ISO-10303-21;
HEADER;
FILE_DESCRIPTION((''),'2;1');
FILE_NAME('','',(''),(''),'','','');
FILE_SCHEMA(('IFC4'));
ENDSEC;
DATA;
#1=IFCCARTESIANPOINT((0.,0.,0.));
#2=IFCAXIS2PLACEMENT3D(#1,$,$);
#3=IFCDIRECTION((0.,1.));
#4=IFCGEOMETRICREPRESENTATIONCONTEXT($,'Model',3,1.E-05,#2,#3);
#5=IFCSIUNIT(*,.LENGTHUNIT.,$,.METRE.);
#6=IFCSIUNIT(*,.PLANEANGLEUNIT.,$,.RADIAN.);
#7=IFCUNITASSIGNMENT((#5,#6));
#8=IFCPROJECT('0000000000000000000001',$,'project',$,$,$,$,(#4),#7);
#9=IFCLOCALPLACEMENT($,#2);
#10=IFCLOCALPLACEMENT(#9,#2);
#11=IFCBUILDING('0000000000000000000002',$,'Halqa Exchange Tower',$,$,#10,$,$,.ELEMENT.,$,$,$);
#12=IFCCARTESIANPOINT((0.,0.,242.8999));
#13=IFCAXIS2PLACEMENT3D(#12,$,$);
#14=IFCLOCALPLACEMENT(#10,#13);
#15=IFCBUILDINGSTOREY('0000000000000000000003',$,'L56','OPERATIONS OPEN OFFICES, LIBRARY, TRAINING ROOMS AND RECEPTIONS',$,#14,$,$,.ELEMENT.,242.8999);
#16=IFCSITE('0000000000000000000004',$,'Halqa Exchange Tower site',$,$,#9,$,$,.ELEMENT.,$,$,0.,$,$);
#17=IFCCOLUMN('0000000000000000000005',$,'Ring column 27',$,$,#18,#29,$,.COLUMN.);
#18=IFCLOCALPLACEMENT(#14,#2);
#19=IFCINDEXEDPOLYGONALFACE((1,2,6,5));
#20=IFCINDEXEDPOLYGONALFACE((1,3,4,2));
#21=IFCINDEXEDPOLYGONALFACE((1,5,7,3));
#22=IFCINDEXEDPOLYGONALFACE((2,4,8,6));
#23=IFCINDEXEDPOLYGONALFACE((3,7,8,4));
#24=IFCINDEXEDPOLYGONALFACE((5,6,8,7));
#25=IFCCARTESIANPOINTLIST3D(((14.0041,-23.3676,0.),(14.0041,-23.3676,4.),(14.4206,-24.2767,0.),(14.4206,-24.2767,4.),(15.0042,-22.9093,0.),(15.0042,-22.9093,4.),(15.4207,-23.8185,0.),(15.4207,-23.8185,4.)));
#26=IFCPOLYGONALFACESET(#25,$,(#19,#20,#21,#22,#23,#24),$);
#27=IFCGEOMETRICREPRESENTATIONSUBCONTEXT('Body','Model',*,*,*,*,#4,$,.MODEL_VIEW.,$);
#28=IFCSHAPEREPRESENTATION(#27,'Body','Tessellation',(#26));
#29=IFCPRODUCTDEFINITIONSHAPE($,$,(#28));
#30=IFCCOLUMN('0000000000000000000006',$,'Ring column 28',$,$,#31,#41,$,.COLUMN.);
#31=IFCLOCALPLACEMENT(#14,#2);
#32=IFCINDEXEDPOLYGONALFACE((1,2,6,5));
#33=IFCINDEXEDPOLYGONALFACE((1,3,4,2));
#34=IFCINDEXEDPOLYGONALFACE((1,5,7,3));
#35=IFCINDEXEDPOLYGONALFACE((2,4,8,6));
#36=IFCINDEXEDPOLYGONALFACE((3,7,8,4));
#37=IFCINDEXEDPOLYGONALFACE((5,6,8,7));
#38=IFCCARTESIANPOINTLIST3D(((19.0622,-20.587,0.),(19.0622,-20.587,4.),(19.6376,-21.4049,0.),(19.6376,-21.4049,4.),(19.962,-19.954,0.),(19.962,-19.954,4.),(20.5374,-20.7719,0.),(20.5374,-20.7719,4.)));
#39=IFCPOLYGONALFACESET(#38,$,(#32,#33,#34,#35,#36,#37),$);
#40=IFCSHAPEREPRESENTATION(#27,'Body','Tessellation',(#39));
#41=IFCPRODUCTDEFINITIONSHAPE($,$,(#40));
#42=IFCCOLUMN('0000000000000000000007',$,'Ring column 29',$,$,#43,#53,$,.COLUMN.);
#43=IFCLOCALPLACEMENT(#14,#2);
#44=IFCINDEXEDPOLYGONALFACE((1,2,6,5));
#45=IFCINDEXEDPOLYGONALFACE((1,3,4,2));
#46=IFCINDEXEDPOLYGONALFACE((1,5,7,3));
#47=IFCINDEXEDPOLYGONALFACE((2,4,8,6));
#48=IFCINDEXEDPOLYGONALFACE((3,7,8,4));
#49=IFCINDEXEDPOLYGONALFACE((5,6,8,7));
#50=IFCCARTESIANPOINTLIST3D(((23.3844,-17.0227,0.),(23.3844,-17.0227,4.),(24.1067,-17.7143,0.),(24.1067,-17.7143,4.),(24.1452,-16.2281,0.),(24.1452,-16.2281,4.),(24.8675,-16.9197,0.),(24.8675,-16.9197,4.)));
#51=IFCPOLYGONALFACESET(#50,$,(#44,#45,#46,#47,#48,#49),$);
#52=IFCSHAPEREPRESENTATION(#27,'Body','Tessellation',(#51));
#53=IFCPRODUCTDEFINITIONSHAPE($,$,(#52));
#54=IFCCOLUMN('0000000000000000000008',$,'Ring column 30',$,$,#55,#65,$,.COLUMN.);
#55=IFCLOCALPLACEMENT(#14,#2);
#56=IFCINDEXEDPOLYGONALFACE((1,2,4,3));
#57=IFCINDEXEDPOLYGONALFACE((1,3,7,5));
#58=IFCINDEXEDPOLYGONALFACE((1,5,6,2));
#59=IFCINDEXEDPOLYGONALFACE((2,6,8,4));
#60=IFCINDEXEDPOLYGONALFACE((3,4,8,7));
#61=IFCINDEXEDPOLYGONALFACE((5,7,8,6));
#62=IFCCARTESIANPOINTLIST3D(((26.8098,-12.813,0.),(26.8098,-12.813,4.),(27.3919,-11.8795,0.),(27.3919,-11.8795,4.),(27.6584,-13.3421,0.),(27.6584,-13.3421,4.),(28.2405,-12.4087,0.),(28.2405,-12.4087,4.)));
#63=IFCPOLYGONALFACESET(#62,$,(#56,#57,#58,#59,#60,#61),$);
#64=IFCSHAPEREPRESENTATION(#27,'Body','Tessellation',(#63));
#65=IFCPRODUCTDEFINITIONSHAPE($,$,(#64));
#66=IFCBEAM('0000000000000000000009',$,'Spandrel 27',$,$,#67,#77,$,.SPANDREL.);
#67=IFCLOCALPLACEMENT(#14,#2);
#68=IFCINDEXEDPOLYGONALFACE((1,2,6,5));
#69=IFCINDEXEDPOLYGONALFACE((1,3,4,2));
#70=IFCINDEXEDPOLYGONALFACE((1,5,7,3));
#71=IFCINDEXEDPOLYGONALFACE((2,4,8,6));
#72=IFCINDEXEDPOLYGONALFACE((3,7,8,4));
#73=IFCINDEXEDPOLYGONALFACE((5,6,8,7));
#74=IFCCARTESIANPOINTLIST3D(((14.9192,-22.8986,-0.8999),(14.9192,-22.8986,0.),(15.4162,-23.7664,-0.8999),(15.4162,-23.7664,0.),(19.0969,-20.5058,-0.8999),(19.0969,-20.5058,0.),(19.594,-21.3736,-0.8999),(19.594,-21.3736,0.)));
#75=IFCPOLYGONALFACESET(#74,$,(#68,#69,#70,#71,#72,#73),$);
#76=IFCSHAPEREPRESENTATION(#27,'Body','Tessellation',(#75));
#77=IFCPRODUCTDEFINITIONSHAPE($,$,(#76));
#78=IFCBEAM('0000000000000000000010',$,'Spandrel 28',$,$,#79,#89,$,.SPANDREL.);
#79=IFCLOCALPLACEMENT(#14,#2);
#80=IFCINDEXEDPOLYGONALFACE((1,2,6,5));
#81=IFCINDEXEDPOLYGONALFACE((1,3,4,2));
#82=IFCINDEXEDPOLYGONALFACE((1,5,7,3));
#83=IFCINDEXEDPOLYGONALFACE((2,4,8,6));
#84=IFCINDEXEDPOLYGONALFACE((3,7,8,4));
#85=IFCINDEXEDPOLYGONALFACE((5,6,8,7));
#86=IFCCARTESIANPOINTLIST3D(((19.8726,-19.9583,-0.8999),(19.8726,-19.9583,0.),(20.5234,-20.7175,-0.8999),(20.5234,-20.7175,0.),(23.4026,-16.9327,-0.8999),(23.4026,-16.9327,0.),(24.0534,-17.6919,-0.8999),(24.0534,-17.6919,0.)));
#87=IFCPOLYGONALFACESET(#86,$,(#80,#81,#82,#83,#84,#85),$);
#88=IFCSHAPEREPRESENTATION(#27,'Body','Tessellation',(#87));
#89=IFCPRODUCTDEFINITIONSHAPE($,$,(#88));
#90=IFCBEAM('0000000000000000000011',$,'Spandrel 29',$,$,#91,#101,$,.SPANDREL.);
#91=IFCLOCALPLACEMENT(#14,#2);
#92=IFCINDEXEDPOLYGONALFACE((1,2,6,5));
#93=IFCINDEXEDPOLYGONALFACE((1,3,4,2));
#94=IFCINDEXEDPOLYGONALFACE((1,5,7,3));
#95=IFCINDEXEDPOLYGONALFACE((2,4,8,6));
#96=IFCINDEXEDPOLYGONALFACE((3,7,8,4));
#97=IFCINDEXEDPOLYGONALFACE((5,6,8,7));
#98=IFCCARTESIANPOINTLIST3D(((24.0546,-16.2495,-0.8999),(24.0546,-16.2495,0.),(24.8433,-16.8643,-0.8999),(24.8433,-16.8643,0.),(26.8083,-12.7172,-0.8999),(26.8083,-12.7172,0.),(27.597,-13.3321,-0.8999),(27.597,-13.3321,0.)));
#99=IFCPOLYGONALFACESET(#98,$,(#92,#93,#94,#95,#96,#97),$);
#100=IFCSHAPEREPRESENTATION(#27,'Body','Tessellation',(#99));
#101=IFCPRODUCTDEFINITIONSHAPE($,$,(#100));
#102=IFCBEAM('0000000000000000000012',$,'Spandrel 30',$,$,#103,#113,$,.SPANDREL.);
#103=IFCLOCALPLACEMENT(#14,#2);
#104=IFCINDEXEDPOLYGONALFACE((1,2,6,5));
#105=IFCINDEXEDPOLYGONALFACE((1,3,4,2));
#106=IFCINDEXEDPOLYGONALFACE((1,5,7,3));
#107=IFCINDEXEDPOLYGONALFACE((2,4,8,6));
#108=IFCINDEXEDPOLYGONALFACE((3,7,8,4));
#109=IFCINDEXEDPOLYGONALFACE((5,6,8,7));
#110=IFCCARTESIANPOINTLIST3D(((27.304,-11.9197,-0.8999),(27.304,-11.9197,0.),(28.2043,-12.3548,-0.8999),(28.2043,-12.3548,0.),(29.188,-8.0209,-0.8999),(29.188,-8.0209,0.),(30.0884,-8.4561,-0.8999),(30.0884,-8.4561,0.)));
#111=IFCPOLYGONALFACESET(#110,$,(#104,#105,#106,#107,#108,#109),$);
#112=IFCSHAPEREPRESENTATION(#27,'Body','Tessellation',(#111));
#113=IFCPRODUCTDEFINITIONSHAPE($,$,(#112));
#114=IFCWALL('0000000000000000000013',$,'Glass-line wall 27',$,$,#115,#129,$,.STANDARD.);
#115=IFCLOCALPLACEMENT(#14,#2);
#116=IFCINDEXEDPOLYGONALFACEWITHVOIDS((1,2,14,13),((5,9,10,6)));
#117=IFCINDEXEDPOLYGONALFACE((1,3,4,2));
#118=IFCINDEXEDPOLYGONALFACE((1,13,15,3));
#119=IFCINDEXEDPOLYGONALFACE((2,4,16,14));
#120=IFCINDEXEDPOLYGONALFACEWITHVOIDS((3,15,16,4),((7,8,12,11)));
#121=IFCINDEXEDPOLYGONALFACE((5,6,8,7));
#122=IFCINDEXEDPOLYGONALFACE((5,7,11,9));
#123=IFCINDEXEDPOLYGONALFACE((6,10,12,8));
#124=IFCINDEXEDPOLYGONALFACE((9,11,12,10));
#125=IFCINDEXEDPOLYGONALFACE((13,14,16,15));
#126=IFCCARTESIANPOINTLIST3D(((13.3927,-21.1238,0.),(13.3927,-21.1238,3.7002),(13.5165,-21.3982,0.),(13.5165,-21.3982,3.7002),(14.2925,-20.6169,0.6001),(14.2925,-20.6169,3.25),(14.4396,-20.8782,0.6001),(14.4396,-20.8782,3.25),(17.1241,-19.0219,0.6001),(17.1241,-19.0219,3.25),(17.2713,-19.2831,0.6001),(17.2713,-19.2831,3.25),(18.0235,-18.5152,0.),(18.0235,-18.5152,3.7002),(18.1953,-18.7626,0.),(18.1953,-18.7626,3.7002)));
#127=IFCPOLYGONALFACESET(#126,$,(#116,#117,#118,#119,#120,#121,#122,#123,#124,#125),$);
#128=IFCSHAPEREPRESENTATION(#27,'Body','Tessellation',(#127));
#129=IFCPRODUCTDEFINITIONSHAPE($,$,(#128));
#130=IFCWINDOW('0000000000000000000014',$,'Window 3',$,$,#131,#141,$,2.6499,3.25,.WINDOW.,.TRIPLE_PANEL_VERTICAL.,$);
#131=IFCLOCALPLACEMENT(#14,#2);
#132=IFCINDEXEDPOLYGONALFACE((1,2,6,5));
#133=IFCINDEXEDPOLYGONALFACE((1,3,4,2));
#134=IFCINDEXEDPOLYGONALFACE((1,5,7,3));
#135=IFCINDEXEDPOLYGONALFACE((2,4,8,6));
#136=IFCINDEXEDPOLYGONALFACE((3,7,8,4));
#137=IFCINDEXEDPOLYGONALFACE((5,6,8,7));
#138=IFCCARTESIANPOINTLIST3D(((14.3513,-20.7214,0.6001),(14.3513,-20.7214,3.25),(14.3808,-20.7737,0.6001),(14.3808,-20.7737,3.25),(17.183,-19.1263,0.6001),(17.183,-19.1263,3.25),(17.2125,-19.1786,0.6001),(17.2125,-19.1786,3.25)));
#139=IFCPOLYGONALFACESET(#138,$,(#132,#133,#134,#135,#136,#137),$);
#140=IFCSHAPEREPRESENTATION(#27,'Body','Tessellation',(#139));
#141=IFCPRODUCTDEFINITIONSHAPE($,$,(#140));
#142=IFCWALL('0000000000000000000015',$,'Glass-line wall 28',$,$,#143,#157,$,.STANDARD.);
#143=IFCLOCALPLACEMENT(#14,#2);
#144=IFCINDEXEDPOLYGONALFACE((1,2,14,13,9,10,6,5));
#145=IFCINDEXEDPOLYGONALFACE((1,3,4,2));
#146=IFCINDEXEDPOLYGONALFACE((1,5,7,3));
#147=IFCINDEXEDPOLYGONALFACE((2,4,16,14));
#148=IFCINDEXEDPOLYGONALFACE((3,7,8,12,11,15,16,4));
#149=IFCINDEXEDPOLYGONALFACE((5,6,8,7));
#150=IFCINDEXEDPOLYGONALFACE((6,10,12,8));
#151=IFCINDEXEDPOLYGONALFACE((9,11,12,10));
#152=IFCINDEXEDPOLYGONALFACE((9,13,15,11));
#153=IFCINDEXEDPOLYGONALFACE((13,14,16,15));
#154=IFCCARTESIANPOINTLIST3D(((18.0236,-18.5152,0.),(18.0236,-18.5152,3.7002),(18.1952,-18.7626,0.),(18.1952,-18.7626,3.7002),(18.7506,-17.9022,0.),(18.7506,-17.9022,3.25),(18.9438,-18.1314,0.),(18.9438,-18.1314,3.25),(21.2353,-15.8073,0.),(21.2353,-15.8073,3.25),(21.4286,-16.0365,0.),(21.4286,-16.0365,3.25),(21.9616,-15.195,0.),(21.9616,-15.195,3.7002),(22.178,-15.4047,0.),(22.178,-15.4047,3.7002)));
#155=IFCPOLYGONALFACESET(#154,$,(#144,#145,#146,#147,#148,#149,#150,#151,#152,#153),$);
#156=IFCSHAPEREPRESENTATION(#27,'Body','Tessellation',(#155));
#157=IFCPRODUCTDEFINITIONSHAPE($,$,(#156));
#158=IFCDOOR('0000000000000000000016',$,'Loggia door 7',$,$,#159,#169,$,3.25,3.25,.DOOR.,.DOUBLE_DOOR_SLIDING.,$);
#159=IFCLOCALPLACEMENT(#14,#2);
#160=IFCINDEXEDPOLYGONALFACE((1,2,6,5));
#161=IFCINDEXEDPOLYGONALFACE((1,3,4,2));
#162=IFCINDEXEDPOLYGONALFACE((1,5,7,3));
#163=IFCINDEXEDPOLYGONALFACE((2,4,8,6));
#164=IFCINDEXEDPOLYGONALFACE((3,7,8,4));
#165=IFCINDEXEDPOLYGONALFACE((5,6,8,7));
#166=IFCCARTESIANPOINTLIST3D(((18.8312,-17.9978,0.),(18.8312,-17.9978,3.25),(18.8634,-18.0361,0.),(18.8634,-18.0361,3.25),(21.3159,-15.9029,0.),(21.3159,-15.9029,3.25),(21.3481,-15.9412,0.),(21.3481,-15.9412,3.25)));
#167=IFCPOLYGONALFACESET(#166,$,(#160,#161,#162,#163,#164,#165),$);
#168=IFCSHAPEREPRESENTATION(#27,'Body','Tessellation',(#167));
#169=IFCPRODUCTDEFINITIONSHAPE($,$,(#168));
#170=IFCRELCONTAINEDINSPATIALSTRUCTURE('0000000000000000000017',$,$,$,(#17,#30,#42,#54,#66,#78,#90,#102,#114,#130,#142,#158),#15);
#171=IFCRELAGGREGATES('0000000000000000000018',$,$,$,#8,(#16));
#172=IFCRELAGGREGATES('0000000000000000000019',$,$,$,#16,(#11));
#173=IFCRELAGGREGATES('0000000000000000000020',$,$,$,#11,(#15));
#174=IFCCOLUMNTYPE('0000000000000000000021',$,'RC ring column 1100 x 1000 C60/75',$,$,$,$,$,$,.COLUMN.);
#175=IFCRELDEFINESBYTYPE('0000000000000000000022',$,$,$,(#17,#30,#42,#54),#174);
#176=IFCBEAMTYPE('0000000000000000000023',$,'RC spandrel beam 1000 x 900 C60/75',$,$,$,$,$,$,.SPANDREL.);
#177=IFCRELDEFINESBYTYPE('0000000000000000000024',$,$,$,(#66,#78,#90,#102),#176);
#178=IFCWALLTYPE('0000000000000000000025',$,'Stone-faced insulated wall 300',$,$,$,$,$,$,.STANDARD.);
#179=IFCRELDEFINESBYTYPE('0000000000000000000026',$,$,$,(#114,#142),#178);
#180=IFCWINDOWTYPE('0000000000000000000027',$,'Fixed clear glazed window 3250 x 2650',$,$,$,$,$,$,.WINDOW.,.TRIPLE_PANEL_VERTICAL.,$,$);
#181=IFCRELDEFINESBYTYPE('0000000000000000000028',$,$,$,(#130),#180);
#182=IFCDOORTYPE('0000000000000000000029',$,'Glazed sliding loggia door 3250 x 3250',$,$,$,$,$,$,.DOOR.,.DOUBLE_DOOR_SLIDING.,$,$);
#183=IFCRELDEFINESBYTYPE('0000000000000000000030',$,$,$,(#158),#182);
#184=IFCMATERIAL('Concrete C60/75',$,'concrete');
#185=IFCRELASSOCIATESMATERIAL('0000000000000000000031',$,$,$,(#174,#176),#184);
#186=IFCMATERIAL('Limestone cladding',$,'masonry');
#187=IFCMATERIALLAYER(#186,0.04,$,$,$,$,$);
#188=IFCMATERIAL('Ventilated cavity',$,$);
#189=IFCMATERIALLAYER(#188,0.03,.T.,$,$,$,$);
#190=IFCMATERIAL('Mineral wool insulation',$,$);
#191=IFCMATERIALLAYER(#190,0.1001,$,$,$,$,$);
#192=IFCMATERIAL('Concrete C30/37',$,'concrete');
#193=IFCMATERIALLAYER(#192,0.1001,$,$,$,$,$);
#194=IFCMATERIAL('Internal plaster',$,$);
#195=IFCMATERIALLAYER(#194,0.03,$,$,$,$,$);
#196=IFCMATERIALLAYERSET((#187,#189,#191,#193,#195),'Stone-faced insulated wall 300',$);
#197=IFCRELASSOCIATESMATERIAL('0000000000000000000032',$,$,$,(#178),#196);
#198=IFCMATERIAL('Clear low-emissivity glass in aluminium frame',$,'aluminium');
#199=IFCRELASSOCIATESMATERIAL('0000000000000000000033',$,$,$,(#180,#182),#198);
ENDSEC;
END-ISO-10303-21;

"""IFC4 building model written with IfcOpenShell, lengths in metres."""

from ifc_helpers import new_model, si_unit, direction, frame, frame_2d, origin, origin_2d, place, context, subcontext, project, spatial, polyline, rectangle, outline, extrude, material, layer, layer_set, material_profile, profile_set, type_object, element, fill, save


model = new_model("IFC4")

# Units and contexts
model_context = context("Model", 3, precision=1e-05, world=origin(), true_north=direction((0.0, 1.0)))
body_context = subcontext(model_context, "Body", "Model", "MODEL_VIEW")
ifc_project = project(units=[si_unit("LENGTHUNIT", "METRE"), si_unit("PLANEANGLEUNIT", "RADIAN")], contexts=[model_context])

# Site, building, storey
site_placement = place(None, origin())
site = spatial("IfcSite", under=ifc_project, at=site_placement, Name="Halqa Exchange Tower site", CompositionType="ELEMENT", RefElevation=0.0)
building_placement = place(site_placement, origin())
building = spatial("IfcBuilding", under=site, at=building_placement, Name="Halqa Exchange Tower", CompositionType="ELEMENT")
storey_placement = place(building_placement, frame((0.0, 0.0, 242.8999)))
storey = spatial("IfcBuildingStorey", under=building, at=storey_placement, Name="L56", Description="OPERATIONS OPEN OFFICES, LIBRARY, TRAINING ROOMS AND RECEPTIONS", CompositionType="ELEMENT", Elevation=242.8999)

# Columns
ifc_material_1 = material(Name="Concrete C60/75", Category="concrete")
ifc_material_profile_1 = material_profile(ifc_material_1, rectangle(XDim=1.1001, YDim=1.0, at=origin_2d()), Name="1100 x 1000")
ifc_profile_set_1 = profile_set([ifc_material_profile_1], Name="Concrete C60/75")
column_type = type_object("IfcColumnType", Name="RC ring column 1100 x 1000 C60/75", PredefinedType="COLUMN", material=ifc_profile_set_1)
for number, where, z_axis, x_axis, name in (
    (1, (14.7124, -23.593, 0.0), (0.0, 0.0, 1.0), (0.909126, 0.416522, 0.0), "Ring column 27"),
    (2, (19.7998, -20.6794, 0.0), (0.0, 0.0, 1.0), (0.817905, 0.575354, 0.0), "Ring column 28"),
    (3, (24.126, -16.9712, 0.0), (0.0, 0.0, 1.0), (0.691579, 0.722301, 0.0), "Ring column 29"),
    (4, (27.5251, -12.6108, 0.0), (0.0, 0.0, 1.0), (0.529148, 0.84853, 0.0), "Ring column 30"),
):
    element("IfcColumn", number, at=place(storey_placement, frame(where, z_axis=z_axis, x_axis=x_axis)), inside=storey, type_object=column_type, Name=name, PredefinedType="COLUMN", context=body_context, shape_type="SweptSolid", body=[
        extrude(rectangle(XDim=1.1001, YDim=1.0, at=origin_2d()), origin(), (0.0, 0.0, 1.0), 4.0),
    ])

# Beams
ifc_material_profile_2 = material_profile(ifc_material_1, rectangle(XDim=1.0, YDim=0.8999, at=origin_2d()), Name="1000 x 900")
ifc_profile_set_2 = profile_set([ifc_material_profile_2], Name="Concrete C60/75")
beam_type = type_object("IfcBeamType", Name="RC spandrel beam 1000 x 900 C60/75", PredefinedType="SPANDREL", material=ifc_profile_set_2)
beam_1_placement = place(storey_placement, frame((15.1677, -23.3325, -0.45), z_axis=(0.867747, 0.497007, 0.0), x_axis=(-0.497007, 0.867747, 0.0)))
element("IfcBeam", 5, at=beam_1_placement, inside=storey, type_object=beam_type, Name="Spandrel 27", PredefinedType="SPANDREL", context=body_context, shape_type="SweptSolid", body=[
    extrude(rectangle(XDim=1.0, YDim=0.8999, at=origin_2d()), origin(), (0.0, 0.0, 1.0), 4.8145),
])
beam_2_placement = place(storey_placement, frame((20.198, -20.3379, -0.45), z_axis=(0.759268, 0.650778, 0.0), x_axis=(-0.650778, 0.759268, 0.0)))
element("IfcBeam", 6, at=beam_2_placement, inside=storey, type_object=beam_type, Name="Spandrel 28", PredefinedType="SPANDREL", context=body_context, shape_type="SweptSolid", body=[
    extrude(rectangle(XDim=1.0, YDim=0.8999, at=origin_2d()), origin(), (0.0, 0.0, 1.0), 4.6492),
])
beam_3_placement = place(storey_placement, frame((24.449, -16.5569, -0.45), z_axis=(0.614827, 0.788662, 0.0), x_axis=(-0.788662, 0.614827, 0.0)))
element("IfcBeam", 7, at=beam_3_placement, inside=storey, type_object=beam_type, Name="Spandrel 29", PredefinedType="SPANDREL", context=body_context, shape_type="SweptSolid", body=[
    extrude(rectangle(XDim=1.0, YDim=0.8999, at=origin_2d()), origin(), (0.0, 0.0, 1.0), 4.4788),
])
beam_4_placement = place(storey_placement, frame((27.7542, -12.1372, -0.45), z_axis=(0.435107, 0.900379, 0.0), x_axis=(-0.900379, 0.435107, 0.0)))
element("IfcBeam", 8, at=beam_4_placement, inside=storey, type_object=beam_type, Name="Spandrel 30", PredefinedType="SPANDREL", context=body_context, shape_type="SweptSolid", body=[
    extrude(rectangle(XDim=1.0, YDim=0.8999, at=origin_2d()), origin(), (0.0, 0.0, 1.0), 4.3301),
])

# Wall, opening, window
ifc_material_2 = material(Name="Limestone cladding", Category="masonry")
ifc_layer_1 = layer(ifc_material_2, 0.04)
ifc_material_3 = material(Name="Ventilated cavity")
ifc_layer_2 = layer(ifc_material_3, 0.03, ventilated=True)
ifc_material_4 = material(Name="Mineral wool insulation")
ifc_layer_3 = layer(ifc_material_4, 0.1001)
ifc_material_5 = material(Name="Concrete C30/37", Category="concrete")
ifc_layer_4 = layer(ifc_material_5, 0.1001)
ifc_material_6 = material(Name="Internal plaster")
ifc_layer_5 = layer(ifc_material_6, 0.03)
ifc_layer_set_1 = layer_set([ifc_layer_1, ifc_layer_2, ifc_layer_3, ifc_layer_4, ifc_layer_5], Name="Stone-faced insulated wall 300")
wall_type_1 = type_object("IfcWallType", Name="Stone-faced insulated wall 300", PredefinedType="STANDARD", material=ifc_layer_set_1)
wall_1_placement = place(storey_placement, frame((13.4546, -21.261, 0.0), z_axis=(0.0, 0.0, 1.0), x_axis=(0.871275, 0.490795, 0.0)))
wall_1 = element("IfcWall", 9, at=wall_1_placement, inside=storey, type_object=wall_type_1, Name="Glass-line wall 27", PredefinedType="STANDARD", context=body_context, shape_type="SweptSolid", body=[
    extrude(outline(polyline([(-0.0134, -0.1499), (5.3567, -0.1499), (5.3284, 0.1499), (0.0134, 0.1499), (-0.0134, -0.1499)])), origin(), (0.0, 0.0, 1.0), 3.7002),
])
opening_1_placement = place(wall_1_placement, frame((1.0461, 0.0, 0.6001)))
opening_1 = element("IfcOpeningElement", 10, at=opening_1_placement, cuts=wall_1, PredefinedType="OPENING", context=body_context, shape_type="SweptSolid", body=[
    extrude(rectangle(XDim=3.25, YDim=2.6499, at=frame_2d((1.625, 1.325))), frame((0.0, 0.1621, 0.0), z_axis=(0.0, -1.0, 0.0), x_axis=(1.0, 0.0, 0.0)), (0.0, 0.0, 1.0), 0.324),
])
ifc_material_7 = material(Name="Clear low-emissivity glass in aluminium frame", Category="aluminium")
window_type = type_object("IfcWindowType", Name="Fixed clear glazed window 3250 x 2650", PartitioningType="TRIPLE_PANEL_VERTICAL", PredefinedType="WINDOW", material=ifc_material_7)
window_1_placement = place(opening_1_placement, origin())
window_1 = element("IfcWindow", 11, at=window_1_placement, inside=storey, type_object=window_type, Name="Window 3", OverallHeight=2.6499, OverallWidth=3.25, PartitioningType="TRIPLE_PANEL_VERTICAL", PredefinedType="WINDOW", context=body_context, shape_type="SweptSolid", body=[
    extrude(rectangle(XDim=3.25, YDim=2.6499, at=frame_2d((1.625, 1.325))), frame((0.0, 0.03, 0.0), z_axis=(0.0, -1.0, 0.0), x_axis=(1.0, 0.0, 0.0)), (0.0, 0.0, 1.0), 0.0601),
])
fill(opening_1, window_1)

# Wall, opening, door
wall_2_placement = place(storey_placement, frame((18.1094, -18.6389, 0.0), z_axis=(0.0, 0.0, 1.0), x_axis=(0.764531, 0.644587, 0.0)))
wall_2 = element("IfcWall", 12, at=wall_2_placement, inside=storey, type_object=wall_type_1, Name="Glass-line wall 28", PredefinedType="STANDARD", context=body_context, shape_type="SweptSolid", body=[
    extrude(outline(polyline([(-0.0142, -0.1499), (5.1953, -0.1499), (5.165, 0.1499), (0.0142, 0.1499), (-0.0142, -0.1499)])), origin(), (0.0, 0.0, 1.0), 3.7002),
])
opening_2_placement = place(wall_2_placement, frame((0.9651, 0.0, 0.0)))
opening_2 = element("IfcOpeningElement", 13, at=opening_2_placement, cuts=wall_2, PredefinedType="OPENING", context=body_context, shape_type="SweptSolid", body=[
    extrude(rectangle(XDim=3.25, YDim=3.25, at=frame_2d((1.625, 1.625))), frame((0.0, 0.1621, 0.0), z_axis=(0.0, -1.0, 0.0), x_axis=(1.0, 0.0, 0.0)), (0.0, 0.0, 1.0), 0.324),
])
door_type_1 = type_object("IfcDoorType", Name="Glazed sliding loggia door 3250 x 3250", OperationType="DOUBLE_DOOR_SLIDING", PredefinedType="DOOR", material=ifc_material_7)
door_1_placement = place(opening_2_placement, origin())
door_1 = element("IfcDoor", 14, at=door_1_placement, inside=storey, type_object=door_type_1, Name="Loggia door 7", OperationType="DOUBLE_DOOR_SLIDING", OverallHeight=3.25, OverallWidth=3.25, PredefinedType="DOOR", context=body_context, shape_type="SweptSolid", body=[
    extrude(rectangle(XDim=3.25, YDim=3.25, at=frame_2d((1.625, 1.625))), frame((0.0, 0.0249, 0.0), z_axis=(0.0, -1.0, 0.0), x_axis=(1.0, 0.0, 0.0)), (0.0, 0.0, 1.0), 0.05),
])
fill(opening_2, door_1)

save(model, "model.ifc")
